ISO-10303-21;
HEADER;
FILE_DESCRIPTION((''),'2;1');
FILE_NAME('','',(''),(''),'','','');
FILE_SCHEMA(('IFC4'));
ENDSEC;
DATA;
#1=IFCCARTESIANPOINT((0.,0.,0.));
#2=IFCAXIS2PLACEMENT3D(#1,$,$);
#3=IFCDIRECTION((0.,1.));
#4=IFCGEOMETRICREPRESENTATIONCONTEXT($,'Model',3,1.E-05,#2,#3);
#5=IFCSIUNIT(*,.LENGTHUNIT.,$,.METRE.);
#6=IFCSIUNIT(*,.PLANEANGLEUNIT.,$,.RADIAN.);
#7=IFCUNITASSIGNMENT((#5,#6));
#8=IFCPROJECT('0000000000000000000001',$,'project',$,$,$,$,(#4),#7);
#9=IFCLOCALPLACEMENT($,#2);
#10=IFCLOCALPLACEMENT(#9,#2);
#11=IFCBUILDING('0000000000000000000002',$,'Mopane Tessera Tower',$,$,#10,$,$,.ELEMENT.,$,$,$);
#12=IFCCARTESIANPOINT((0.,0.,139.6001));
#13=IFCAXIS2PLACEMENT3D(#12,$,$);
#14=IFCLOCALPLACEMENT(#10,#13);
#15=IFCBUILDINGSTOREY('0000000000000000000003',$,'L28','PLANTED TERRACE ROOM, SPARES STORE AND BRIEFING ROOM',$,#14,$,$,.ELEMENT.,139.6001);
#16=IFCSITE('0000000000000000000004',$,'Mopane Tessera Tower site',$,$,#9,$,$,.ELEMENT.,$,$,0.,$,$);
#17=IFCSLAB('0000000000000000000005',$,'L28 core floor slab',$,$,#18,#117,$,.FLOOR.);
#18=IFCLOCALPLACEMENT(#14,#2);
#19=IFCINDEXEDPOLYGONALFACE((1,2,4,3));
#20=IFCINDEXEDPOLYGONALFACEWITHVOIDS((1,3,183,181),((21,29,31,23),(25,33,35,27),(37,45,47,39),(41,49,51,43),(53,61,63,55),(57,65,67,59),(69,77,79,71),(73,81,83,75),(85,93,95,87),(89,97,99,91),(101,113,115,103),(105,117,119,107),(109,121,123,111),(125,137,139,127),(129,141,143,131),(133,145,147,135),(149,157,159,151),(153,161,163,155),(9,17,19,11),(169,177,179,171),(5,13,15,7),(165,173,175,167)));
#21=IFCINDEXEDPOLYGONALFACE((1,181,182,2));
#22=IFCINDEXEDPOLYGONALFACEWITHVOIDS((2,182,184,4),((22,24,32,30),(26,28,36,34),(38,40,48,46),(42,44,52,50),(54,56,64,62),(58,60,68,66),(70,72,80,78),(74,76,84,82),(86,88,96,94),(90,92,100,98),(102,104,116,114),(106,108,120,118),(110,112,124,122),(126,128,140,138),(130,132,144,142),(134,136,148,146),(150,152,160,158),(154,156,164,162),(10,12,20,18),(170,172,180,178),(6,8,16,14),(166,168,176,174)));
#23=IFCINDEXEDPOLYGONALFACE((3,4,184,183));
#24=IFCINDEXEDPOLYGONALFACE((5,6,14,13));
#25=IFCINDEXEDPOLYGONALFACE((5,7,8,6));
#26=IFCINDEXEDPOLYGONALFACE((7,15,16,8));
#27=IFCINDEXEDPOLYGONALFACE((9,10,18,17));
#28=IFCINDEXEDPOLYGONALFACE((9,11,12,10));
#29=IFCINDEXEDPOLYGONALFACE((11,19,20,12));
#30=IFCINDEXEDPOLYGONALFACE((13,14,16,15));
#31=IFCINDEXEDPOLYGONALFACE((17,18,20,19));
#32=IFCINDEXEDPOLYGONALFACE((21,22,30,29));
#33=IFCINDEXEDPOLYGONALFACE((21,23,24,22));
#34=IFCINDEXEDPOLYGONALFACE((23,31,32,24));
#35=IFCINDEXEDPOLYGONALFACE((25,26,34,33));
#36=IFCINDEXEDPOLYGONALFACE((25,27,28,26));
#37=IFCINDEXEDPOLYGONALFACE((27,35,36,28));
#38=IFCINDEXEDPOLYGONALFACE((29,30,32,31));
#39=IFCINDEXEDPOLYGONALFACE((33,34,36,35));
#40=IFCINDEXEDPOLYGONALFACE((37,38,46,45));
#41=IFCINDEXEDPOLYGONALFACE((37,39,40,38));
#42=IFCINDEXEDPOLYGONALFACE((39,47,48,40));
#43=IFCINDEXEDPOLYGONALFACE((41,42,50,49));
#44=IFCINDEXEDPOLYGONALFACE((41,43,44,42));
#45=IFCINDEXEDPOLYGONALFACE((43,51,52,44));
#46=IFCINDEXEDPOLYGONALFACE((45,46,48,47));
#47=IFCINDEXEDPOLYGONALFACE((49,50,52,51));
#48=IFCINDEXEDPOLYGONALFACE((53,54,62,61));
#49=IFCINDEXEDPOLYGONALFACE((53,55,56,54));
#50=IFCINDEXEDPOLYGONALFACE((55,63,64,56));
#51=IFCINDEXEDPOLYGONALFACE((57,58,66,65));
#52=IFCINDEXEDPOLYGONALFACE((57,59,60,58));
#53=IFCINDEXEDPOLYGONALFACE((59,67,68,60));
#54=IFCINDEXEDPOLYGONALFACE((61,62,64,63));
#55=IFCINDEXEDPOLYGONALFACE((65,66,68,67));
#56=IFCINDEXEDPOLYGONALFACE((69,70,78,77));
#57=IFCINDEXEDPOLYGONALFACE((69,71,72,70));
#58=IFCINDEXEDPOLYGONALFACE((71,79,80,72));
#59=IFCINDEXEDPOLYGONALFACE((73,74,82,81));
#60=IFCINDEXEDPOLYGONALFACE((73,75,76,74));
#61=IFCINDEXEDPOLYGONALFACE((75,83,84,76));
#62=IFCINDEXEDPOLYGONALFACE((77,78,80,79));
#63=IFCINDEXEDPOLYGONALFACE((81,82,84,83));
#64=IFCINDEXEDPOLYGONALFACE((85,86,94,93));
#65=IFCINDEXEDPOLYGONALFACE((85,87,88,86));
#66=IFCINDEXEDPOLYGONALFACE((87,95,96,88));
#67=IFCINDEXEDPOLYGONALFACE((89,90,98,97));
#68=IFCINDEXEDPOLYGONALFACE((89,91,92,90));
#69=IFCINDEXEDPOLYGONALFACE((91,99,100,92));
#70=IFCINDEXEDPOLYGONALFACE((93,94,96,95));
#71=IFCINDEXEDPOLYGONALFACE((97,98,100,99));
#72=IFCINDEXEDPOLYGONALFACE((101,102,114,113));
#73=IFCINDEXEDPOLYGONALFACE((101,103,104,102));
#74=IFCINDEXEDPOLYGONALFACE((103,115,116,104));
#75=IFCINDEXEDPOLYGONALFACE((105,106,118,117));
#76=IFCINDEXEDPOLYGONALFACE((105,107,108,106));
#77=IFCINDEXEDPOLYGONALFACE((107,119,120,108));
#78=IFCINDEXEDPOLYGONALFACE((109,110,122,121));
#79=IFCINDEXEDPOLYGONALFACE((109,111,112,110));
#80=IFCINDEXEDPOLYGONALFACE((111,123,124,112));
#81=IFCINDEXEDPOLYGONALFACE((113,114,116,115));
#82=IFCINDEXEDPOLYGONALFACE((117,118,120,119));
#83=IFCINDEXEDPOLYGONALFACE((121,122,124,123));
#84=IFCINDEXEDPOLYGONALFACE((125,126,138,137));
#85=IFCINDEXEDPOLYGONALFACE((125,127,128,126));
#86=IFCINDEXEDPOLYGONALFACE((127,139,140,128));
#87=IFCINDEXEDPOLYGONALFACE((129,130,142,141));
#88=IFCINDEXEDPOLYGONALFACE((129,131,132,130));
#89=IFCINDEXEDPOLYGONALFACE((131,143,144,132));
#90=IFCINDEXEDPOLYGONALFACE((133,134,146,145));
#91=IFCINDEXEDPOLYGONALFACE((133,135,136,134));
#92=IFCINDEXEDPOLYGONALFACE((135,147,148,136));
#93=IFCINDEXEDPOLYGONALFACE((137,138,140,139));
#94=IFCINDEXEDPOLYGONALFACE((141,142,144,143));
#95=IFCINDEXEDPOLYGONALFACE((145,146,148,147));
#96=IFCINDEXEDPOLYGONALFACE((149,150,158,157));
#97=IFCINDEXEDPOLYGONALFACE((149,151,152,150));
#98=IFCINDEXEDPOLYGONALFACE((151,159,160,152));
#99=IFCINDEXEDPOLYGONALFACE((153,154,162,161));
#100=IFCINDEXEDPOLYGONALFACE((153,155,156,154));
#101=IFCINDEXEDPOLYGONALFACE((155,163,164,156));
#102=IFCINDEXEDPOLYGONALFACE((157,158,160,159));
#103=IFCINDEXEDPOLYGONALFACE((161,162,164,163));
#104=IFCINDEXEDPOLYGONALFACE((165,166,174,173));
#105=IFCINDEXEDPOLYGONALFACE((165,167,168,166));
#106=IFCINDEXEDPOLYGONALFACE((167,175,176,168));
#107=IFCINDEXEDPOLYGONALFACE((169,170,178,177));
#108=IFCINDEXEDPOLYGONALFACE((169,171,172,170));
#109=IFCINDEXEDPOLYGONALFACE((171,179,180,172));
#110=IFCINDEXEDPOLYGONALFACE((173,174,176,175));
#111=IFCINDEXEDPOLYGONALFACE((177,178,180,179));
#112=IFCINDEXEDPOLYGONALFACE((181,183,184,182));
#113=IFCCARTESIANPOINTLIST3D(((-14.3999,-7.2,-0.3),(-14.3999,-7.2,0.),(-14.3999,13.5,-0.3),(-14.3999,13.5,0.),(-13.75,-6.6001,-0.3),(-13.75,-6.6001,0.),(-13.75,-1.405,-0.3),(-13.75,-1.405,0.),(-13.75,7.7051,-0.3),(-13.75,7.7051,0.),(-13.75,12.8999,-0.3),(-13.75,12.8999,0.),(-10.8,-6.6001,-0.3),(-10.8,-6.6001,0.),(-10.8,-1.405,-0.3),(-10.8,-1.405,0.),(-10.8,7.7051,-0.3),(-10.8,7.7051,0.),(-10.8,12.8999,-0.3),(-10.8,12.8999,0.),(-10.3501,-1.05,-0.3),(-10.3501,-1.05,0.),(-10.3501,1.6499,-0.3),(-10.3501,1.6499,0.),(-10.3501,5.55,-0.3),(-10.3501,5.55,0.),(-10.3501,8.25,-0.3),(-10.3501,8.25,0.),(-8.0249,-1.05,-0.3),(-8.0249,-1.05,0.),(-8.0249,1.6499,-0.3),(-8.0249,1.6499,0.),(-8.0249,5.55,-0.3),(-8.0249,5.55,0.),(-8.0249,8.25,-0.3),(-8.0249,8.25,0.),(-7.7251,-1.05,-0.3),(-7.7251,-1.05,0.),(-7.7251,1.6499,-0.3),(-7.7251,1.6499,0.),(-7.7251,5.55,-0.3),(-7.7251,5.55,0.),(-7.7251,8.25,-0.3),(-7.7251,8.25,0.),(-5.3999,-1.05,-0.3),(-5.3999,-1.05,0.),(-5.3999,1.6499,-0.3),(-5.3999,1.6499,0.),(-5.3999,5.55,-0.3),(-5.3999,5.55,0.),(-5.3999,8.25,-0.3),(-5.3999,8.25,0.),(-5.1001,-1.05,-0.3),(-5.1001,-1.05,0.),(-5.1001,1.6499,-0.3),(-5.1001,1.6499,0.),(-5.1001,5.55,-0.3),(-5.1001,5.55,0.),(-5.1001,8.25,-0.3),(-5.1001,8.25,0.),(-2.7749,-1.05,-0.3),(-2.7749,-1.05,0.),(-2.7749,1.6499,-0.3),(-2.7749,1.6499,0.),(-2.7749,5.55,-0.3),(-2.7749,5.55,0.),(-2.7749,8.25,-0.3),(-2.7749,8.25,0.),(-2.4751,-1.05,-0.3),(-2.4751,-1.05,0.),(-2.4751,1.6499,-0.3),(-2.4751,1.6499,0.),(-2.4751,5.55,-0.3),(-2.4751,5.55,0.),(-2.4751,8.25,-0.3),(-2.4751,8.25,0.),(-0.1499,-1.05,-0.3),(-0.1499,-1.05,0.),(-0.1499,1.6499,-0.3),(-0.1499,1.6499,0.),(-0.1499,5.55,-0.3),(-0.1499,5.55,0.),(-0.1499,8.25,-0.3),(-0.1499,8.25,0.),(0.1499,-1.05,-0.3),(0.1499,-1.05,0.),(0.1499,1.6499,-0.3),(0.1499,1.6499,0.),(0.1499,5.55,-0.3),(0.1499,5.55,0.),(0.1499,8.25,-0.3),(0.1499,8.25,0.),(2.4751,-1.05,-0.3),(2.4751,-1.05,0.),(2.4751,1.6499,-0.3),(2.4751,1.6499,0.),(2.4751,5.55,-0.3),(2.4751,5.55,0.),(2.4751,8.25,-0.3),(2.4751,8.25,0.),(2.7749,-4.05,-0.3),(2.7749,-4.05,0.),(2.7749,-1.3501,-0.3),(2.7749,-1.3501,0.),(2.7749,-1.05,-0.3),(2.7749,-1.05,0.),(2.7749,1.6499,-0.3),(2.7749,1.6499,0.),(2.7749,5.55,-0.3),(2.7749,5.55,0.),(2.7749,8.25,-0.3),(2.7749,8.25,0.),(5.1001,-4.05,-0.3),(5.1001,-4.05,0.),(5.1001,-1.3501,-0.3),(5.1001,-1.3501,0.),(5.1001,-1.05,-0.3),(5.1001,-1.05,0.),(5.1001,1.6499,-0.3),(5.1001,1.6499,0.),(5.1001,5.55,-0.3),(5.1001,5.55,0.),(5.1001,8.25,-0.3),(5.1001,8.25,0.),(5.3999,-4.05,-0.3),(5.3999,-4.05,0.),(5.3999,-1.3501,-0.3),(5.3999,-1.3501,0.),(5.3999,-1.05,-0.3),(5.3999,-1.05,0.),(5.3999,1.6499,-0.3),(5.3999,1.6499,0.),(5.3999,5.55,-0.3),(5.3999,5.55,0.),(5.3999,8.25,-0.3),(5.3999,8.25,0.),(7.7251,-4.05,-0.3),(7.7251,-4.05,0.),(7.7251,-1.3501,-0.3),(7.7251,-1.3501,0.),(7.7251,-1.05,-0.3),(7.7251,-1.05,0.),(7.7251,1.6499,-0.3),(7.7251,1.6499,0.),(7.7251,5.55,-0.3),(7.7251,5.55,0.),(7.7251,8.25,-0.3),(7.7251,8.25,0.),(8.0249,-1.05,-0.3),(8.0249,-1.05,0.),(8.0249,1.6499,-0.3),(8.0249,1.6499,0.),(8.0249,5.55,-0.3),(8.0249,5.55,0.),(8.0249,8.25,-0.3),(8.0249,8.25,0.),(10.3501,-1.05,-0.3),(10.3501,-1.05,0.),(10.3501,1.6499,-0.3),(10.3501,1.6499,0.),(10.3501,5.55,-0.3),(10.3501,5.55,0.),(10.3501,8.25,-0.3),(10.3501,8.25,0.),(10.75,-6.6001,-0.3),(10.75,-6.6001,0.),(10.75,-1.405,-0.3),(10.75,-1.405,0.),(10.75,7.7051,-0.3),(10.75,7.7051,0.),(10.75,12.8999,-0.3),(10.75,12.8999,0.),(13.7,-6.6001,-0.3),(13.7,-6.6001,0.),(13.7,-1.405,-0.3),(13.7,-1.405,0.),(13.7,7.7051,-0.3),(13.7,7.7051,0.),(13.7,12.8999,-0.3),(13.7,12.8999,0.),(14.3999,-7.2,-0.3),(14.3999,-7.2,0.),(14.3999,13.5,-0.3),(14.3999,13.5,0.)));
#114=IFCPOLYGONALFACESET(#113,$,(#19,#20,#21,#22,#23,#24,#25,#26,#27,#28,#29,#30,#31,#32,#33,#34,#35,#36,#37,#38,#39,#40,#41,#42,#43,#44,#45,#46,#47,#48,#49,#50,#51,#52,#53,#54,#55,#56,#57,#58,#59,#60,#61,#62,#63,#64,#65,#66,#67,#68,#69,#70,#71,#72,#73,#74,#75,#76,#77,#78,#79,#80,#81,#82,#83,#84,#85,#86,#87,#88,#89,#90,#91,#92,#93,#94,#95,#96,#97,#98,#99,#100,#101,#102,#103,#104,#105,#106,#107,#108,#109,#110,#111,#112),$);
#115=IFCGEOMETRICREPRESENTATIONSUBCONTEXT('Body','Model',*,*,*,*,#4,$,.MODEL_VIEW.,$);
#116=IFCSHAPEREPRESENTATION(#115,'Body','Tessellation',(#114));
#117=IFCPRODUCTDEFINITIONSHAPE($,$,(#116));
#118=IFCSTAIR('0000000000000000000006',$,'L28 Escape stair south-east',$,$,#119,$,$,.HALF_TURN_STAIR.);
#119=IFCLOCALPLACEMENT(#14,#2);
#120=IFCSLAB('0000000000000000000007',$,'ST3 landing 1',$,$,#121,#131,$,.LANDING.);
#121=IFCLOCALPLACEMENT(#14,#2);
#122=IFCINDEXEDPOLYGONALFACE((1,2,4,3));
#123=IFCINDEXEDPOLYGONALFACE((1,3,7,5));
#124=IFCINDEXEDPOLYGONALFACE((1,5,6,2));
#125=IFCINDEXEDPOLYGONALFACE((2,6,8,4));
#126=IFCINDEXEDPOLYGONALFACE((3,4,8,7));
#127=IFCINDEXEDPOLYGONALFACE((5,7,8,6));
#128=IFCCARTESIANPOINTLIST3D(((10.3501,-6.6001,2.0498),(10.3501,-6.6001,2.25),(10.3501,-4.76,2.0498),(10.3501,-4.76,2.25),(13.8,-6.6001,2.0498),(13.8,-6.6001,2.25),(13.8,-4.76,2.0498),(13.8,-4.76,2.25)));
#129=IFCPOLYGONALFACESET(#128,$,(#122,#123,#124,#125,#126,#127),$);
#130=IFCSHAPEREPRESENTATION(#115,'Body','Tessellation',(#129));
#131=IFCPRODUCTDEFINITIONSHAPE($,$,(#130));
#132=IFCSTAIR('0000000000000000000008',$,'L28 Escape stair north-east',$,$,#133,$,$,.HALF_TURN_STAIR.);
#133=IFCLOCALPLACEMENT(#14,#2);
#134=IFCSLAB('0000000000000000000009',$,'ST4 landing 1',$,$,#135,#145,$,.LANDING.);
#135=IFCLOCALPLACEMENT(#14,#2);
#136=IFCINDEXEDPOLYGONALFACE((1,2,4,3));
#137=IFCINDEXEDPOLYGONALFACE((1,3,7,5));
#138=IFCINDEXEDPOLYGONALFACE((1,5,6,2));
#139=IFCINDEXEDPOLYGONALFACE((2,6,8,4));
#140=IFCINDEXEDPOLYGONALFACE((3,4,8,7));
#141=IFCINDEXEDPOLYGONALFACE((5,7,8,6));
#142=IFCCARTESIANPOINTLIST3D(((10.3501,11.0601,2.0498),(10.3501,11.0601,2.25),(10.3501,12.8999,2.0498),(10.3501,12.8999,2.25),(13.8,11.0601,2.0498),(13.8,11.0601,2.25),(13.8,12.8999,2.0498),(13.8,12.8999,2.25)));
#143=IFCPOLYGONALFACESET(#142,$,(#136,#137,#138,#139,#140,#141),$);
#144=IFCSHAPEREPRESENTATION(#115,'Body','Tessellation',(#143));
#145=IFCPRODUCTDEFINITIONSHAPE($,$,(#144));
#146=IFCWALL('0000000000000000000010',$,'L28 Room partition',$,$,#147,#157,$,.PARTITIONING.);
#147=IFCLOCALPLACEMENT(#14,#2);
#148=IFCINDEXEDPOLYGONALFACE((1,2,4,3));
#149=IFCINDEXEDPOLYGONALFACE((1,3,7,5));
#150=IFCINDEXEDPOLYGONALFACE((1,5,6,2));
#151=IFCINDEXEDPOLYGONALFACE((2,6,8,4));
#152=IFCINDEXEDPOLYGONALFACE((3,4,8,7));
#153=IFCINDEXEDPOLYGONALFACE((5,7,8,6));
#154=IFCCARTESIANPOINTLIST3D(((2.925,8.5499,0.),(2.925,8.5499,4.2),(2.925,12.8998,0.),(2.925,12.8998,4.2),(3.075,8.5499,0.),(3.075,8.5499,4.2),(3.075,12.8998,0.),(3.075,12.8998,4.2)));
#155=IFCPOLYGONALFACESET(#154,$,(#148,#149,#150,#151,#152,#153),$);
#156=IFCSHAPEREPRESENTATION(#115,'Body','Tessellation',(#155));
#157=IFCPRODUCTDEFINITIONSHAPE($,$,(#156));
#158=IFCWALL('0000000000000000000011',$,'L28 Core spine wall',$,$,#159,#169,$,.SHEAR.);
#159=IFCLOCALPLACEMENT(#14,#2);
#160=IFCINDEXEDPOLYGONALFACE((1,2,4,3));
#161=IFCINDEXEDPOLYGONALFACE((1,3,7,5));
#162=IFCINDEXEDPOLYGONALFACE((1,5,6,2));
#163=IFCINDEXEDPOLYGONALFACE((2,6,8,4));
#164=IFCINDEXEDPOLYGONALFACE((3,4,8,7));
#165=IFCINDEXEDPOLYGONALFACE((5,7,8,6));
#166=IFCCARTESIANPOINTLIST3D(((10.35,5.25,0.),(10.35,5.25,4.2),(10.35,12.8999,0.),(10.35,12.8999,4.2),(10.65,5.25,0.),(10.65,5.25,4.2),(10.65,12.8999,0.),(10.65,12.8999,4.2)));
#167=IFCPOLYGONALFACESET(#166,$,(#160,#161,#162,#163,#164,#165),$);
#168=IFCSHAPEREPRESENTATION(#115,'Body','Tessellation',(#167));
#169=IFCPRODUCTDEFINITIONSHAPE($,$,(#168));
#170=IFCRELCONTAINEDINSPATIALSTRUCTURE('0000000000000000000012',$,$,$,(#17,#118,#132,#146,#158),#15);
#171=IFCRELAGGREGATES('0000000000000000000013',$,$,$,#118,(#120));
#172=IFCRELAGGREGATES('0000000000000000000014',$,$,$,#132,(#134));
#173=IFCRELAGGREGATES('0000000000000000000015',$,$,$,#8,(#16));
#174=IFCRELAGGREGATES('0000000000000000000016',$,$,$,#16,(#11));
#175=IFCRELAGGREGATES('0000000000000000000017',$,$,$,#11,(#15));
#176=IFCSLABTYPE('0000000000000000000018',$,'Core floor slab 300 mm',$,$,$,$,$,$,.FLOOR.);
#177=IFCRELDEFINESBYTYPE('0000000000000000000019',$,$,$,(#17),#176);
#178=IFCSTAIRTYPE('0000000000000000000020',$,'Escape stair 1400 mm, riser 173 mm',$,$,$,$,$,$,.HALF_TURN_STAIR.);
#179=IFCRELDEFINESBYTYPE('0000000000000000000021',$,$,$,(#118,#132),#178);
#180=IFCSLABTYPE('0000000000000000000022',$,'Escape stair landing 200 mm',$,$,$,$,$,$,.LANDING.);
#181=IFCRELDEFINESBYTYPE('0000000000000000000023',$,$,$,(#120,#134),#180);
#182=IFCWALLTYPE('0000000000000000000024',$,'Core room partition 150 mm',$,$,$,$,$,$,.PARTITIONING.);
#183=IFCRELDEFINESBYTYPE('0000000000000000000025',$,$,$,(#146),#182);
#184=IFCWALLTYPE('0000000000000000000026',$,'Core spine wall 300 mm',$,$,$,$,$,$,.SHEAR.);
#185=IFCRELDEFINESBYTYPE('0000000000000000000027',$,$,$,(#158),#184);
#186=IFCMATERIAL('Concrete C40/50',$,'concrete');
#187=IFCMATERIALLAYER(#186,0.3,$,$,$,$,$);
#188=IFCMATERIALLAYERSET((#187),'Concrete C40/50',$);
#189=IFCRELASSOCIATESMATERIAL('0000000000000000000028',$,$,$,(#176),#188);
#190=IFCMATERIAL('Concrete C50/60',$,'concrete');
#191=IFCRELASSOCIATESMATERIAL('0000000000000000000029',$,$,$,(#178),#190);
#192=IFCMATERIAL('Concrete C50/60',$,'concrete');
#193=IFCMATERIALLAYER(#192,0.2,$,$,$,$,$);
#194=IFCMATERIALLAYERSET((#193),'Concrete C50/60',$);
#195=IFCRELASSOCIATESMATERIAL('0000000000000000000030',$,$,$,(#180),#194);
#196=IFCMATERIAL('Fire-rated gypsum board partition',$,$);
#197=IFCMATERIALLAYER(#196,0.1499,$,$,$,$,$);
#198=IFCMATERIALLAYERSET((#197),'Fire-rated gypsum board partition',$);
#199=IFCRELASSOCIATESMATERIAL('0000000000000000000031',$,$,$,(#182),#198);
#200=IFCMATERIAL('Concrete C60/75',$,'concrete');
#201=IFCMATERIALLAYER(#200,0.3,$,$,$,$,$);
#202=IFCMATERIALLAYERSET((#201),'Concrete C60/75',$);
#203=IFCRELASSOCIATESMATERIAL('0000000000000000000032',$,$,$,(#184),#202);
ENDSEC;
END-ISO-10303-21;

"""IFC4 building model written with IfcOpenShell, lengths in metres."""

from ifc_helpers import new_model, si_unit, direction, frame, frame_2d, origin, place, context, subcontext, project, spatial, polyline, rectangle, outline, extrude, material, layer, layer_set, type_object, element, aggregate, save


model = new_model("IFC4")

# Units and contexts
model_context = context("Model", 3, precision=1e-05, world=origin(), true_north=direction((0.0, 1.0)))
body_context = subcontext(model_context, "Body", "Model", "MODEL_VIEW")
ifc_project = project(units=[si_unit("LENGTHUNIT", "METRE"), si_unit("PLANEANGLEUNIT", "RADIAN")], contexts=[model_context])

# Site, building, storey
site_placement = place(None, origin())
site = spatial("IfcSite", under=ifc_project, at=site_placement, Name="Mopane Tessera Tower site", CompositionType="ELEMENT", RefElevation=0.0)
building_placement = place(site_placement, origin())
building = spatial("IfcBuilding", under=site, at=building_placement, Name="Mopane Tessera Tower", CompositionType="ELEMENT")
storey_placement = place(building_placement, frame((0.0, 0.0, 139.6001)))
storey = spatial("IfcBuildingStorey", under=building, at=storey_placement, Name="L28", Description="PLANTED TERRACE ROOM, SPARES STORE AND BRIEFING ROOM", CompositionType="ELEMENT", Elevation=139.6001)

# Slab
ifc_material_1 = material(Name="Concrete C40/50", Category="concrete")
ifc_layer_1 = layer(ifc_material_1, 0.3)
ifc_layer_set_1 = layer_set([ifc_layer_1], Name="Concrete C40/50")
slab_type_1 = type_object("IfcSlabType", Name="Core floor slab 300 mm", PredefinedType="FLOOR", material=ifc_layer_set_1)
slab_1_placement = place(storey_placement, frame((0.0, 0.0, -0.3)))
element("IfcSlab", 1, at=slab_1_placement, inside=storey, type_object=slab_type_1, Name="L28 core floor slab", PredefinedType="FLOOR", context=body_context, shape_type="SweptSolid", body=[
    extrude(outline(polyline([(-14.3999, -7.2), (14.3999, -7.2), (14.3999, 13.5), (-14.3999, 13.5), (-14.3999, -7.2)]), holes=[polyline([(-10.3501, -1.05), (-8.0249, -1.05), (-8.0249, 1.6499), (-10.3501, 1.6499), (-10.3501, -1.05)]), polyline([(-7.7251, -1.05), (-5.3999, -1.05), (-5.3999, 1.6499), (-7.7251, 1.6499), (-7.7251, -1.05)]), polyline([(-5.1001, -1.05), (-2.7749, -1.05), (-2.7749, 1.6499), (-5.1001, 1.6499), (-5.1001, -1.05)]), polyline([(-2.4751, -1.05), (-0.1499, -1.05), (-0.1499, 1.6499), (-2.4751, 1.6499), (-2.4751, -1.05)]), polyline([(0.1499, -1.05), (2.4751, -1.05), (2.4751, 1.6499), (0.1499, 1.6499), (0.1499, -1.05)]), polyline([(2.7749, -1.05), (5.1001, -1.05), (5.1001, 1.6499), (2.7749, 1.6499), (2.7749, -1.05)]), polyline([(5.3999, -1.05), (7.7251, -1.05), (7.7251, 1.6499), (5.3999, 1.6499), (5.3999, -1.05)]), polyline([(8.0249, -1.05), (10.3501, -1.05), (10.3501, 1.6499), (8.0249, 1.6499), (8.0249, -1.05)]), polyline([(-10.3501, 5.55), (-8.0249, 5.55), (-8.0249, 8.25), (-10.3501, 8.25), (-10.3501, 5.55)]), polyline([(-7.7251, 5.55), (-5.3999, 5.55), (-5.3999, 8.25), (-7.7251, 8.25), (-7.7251, 5.55)]), polyline([(-5.1001, 5.55), (-2.7749, 5.55), (-2.7749, 8.25), (-5.1001, 8.25), (-5.1001, 5.55)]), polyline([(-2.4751, 5.55), (-0.1499, 5.55), (-0.1499, 8.25), (-2.4751, 8.25), (-2.4751, 5.55)]), polyline([(0.1499, 5.55), (2.4751, 5.55), (2.4751, 8.25), (0.1499, 8.25), (0.1499, 5.55)]), polyline([(2.7749, 5.55), (5.1001, 5.55), (5.1001, 8.25), (2.7749, 8.25), (2.7749, 5.55)]), polyline([(5.3999, 5.55), (7.7251, 5.55), (7.7251, 8.25), (5.3999, 8.25), (5.3999, 5.55)]), polyline([(8.0249, 5.55), (10.3501, 5.55), (10.3501, 8.25), (8.0249, 8.25), (8.0249, 5.55)]), polyline([(2.7749, -4.05), (5.1001, -4.05), (5.1001, -1.3501), (2.7749, -1.3501), (2.7749, -4.05)]), polyline([(5.3999, -4.05), (7.7251, -4.05), (7.7251, -1.3501), (5.3999, -1.3501), (5.3999, -4.05)]), polyline([(-13.75, -1.405), (-13.75, -6.6001), (-10.8, -6.6001), (-10.8, -1.405), (-13.75, -1.405)]), polyline([(-10.8, 7.7051), (-10.8, 12.8999), (-13.75, 12.8999), (-13.75, 7.7051), (-10.8, 7.7051)]), polyline([(10.75, -1.405), (10.75, -6.6001), (13.7, -6.6001), (13.7, -1.405), (10.75, -1.405)]), polyline([(13.7, 7.7051), (13.7, 12.8999), (10.75, 12.8999), (10.75, 7.7051), (13.7, 7.7051)])]), origin(), (0.0, 0.0, 1.0), 0.3),
])

# Stairs, slabs
ifc_material_2 = material(Name="Concrete C50/60", Category="concrete")
stair_type = type_object("IfcStairType", Name="Escape stair 1400 mm, riser 173 mm", PredefinedType="HALF_TURN_STAIR", material=ifc_material_2)
stair_1_placement = place(storey_placement, origin())
stair_1 = element("IfcStair", 2, at=stair_1_placement, inside=storey, type_object=stair_type, Name="L28 Escape stair south-east", PredefinedType="HALF_TURN_STAIR")
ifc_material_3 = material(Name="Concrete C50/60", Category="concrete")
ifc_layer_2 = layer(ifc_material_3, 0.2)
ifc_layer_set_2 = layer_set([ifc_layer_2], Name="Concrete C50/60")
slab_type_2 = type_object("IfcSlabType", Name="Escape stair landing 200 mm", PredefinedType="LANDING", material=ifc_layer_set_2)
slab_2_placement = place(storey_placement, frame((0.0, 0.0, 2.0498)))
slab_2 = element("IfcSlab", 3, at=slab_2_placement, type_object=slab_type_2, Name="ST3 landing 1", PredefinedType="LANDING", context=body_context, shape_type="SweptSolid", body=[
    extrude(outline(polyline([(10.3501, -4.76), (10.3501, -6.6001), (13.8, -6.6001), (13.8, -4.76), (10.3501, -4.76)])), origin(), (0.0, 0.0, 1.0), 0.2002),
])
aggregate(stair_1, [slab_2])
stair_2_placement = place(storey_placement, origin())
stair_2 = element("IfcStair", 4, at=stair_2_placement, inside=storey, type_object=stair_type, Name="L28 Escape stair north-east", PredefinedType="HALF_TURN_STAIR")
slab_3_placement = place(storey_placement, frame((0.0, 0.0, 2.0498)))
slab_3 = element("IfcSlab", 5, at=slab_3_placement, type_object=slab_type_2, Name="ST4 landing 1", PredefinedType="LANDING", context=body_context, shape_type="SweptSolid", body=[
    extrude(outline(polyline([(13.8, 11.0601), (13.8, 12.8999), (10.3501, 12.8999), (10.3501, 11.0601), (13.8, 11.0601)])), origin(), (0.0, 0.0, 1.0), 0.2002),
])

# Walls
ifc_material_4 = material(Name="Fire-rated gypsum board partition")
ifc_layer_3 = layer(ifc_material_4, 0.1499)
ifc_layer_set_3 = layer_set([ifc_layer_3], Name="Fire-rated gypsum board partition")
wall_type_1 = type_object("IfcWallType", Name="Core room partition 150 mm", PredefinedType="PARTITIONING", material=ifc_layer_set_3)
wall_1_placement = place(storey_placement, frame((3.0, 8.55, 0.0), z_axis=(0.0, 0.0, 1.0), x_axis=(0.0, 1.0, 0.0)))
element("IfcWall", 6, at=wall_1_placement, inside=storey, type_object=wall_type_1, Name="L28 Room partition", PredefinedType="PARTITIONING", context=body_context, shape_type="SweptSolid", body=[
    extrude(rectangle(XDim=4.3499, YDim=0.1499, at=frame_2d((2.1748, 0.0))), origin(), (0.0, 0.0, 1.0), 4.2),
])
ifc_material_5 = material(Name="Concrete C60/75", Category="concrete")
ifc_layer_4 = layer(ifc_material_5, 0.3)
ifc_layer_set_4 = layer_set([ifc_layer_4], Name="Concrete C60/75")
wall_type_2 = type_object("IfcWallType", Name="Core spine wall 300 mm", PredefinedType="SHEAR", material=ifc_layer_set_4)
wall_2_placement = place(storey_placement, frame((10.5, 5.25, 0.0), z_axis=(0.0, 0.0, 1.0), x_axis=(0.0, 1.0, 0.0)))
element("IfcWall", 7, at=wall_2_placement, inside=storey, type_object=wall_type_2, Name="L28 Core spine wall", PredefinedType="SHEAR", context=body_context, shape_type="SweptSolid", body=[
    extrude(rectangle(XDim=7.6499, YDim=0.3, at=frame_2d((3.825, 0.0))), origin(), (0.0, 0.0, 1.0), 4.2),
])

aggregate(stair_2, [slab_3])

save(model, "model.ifc")
